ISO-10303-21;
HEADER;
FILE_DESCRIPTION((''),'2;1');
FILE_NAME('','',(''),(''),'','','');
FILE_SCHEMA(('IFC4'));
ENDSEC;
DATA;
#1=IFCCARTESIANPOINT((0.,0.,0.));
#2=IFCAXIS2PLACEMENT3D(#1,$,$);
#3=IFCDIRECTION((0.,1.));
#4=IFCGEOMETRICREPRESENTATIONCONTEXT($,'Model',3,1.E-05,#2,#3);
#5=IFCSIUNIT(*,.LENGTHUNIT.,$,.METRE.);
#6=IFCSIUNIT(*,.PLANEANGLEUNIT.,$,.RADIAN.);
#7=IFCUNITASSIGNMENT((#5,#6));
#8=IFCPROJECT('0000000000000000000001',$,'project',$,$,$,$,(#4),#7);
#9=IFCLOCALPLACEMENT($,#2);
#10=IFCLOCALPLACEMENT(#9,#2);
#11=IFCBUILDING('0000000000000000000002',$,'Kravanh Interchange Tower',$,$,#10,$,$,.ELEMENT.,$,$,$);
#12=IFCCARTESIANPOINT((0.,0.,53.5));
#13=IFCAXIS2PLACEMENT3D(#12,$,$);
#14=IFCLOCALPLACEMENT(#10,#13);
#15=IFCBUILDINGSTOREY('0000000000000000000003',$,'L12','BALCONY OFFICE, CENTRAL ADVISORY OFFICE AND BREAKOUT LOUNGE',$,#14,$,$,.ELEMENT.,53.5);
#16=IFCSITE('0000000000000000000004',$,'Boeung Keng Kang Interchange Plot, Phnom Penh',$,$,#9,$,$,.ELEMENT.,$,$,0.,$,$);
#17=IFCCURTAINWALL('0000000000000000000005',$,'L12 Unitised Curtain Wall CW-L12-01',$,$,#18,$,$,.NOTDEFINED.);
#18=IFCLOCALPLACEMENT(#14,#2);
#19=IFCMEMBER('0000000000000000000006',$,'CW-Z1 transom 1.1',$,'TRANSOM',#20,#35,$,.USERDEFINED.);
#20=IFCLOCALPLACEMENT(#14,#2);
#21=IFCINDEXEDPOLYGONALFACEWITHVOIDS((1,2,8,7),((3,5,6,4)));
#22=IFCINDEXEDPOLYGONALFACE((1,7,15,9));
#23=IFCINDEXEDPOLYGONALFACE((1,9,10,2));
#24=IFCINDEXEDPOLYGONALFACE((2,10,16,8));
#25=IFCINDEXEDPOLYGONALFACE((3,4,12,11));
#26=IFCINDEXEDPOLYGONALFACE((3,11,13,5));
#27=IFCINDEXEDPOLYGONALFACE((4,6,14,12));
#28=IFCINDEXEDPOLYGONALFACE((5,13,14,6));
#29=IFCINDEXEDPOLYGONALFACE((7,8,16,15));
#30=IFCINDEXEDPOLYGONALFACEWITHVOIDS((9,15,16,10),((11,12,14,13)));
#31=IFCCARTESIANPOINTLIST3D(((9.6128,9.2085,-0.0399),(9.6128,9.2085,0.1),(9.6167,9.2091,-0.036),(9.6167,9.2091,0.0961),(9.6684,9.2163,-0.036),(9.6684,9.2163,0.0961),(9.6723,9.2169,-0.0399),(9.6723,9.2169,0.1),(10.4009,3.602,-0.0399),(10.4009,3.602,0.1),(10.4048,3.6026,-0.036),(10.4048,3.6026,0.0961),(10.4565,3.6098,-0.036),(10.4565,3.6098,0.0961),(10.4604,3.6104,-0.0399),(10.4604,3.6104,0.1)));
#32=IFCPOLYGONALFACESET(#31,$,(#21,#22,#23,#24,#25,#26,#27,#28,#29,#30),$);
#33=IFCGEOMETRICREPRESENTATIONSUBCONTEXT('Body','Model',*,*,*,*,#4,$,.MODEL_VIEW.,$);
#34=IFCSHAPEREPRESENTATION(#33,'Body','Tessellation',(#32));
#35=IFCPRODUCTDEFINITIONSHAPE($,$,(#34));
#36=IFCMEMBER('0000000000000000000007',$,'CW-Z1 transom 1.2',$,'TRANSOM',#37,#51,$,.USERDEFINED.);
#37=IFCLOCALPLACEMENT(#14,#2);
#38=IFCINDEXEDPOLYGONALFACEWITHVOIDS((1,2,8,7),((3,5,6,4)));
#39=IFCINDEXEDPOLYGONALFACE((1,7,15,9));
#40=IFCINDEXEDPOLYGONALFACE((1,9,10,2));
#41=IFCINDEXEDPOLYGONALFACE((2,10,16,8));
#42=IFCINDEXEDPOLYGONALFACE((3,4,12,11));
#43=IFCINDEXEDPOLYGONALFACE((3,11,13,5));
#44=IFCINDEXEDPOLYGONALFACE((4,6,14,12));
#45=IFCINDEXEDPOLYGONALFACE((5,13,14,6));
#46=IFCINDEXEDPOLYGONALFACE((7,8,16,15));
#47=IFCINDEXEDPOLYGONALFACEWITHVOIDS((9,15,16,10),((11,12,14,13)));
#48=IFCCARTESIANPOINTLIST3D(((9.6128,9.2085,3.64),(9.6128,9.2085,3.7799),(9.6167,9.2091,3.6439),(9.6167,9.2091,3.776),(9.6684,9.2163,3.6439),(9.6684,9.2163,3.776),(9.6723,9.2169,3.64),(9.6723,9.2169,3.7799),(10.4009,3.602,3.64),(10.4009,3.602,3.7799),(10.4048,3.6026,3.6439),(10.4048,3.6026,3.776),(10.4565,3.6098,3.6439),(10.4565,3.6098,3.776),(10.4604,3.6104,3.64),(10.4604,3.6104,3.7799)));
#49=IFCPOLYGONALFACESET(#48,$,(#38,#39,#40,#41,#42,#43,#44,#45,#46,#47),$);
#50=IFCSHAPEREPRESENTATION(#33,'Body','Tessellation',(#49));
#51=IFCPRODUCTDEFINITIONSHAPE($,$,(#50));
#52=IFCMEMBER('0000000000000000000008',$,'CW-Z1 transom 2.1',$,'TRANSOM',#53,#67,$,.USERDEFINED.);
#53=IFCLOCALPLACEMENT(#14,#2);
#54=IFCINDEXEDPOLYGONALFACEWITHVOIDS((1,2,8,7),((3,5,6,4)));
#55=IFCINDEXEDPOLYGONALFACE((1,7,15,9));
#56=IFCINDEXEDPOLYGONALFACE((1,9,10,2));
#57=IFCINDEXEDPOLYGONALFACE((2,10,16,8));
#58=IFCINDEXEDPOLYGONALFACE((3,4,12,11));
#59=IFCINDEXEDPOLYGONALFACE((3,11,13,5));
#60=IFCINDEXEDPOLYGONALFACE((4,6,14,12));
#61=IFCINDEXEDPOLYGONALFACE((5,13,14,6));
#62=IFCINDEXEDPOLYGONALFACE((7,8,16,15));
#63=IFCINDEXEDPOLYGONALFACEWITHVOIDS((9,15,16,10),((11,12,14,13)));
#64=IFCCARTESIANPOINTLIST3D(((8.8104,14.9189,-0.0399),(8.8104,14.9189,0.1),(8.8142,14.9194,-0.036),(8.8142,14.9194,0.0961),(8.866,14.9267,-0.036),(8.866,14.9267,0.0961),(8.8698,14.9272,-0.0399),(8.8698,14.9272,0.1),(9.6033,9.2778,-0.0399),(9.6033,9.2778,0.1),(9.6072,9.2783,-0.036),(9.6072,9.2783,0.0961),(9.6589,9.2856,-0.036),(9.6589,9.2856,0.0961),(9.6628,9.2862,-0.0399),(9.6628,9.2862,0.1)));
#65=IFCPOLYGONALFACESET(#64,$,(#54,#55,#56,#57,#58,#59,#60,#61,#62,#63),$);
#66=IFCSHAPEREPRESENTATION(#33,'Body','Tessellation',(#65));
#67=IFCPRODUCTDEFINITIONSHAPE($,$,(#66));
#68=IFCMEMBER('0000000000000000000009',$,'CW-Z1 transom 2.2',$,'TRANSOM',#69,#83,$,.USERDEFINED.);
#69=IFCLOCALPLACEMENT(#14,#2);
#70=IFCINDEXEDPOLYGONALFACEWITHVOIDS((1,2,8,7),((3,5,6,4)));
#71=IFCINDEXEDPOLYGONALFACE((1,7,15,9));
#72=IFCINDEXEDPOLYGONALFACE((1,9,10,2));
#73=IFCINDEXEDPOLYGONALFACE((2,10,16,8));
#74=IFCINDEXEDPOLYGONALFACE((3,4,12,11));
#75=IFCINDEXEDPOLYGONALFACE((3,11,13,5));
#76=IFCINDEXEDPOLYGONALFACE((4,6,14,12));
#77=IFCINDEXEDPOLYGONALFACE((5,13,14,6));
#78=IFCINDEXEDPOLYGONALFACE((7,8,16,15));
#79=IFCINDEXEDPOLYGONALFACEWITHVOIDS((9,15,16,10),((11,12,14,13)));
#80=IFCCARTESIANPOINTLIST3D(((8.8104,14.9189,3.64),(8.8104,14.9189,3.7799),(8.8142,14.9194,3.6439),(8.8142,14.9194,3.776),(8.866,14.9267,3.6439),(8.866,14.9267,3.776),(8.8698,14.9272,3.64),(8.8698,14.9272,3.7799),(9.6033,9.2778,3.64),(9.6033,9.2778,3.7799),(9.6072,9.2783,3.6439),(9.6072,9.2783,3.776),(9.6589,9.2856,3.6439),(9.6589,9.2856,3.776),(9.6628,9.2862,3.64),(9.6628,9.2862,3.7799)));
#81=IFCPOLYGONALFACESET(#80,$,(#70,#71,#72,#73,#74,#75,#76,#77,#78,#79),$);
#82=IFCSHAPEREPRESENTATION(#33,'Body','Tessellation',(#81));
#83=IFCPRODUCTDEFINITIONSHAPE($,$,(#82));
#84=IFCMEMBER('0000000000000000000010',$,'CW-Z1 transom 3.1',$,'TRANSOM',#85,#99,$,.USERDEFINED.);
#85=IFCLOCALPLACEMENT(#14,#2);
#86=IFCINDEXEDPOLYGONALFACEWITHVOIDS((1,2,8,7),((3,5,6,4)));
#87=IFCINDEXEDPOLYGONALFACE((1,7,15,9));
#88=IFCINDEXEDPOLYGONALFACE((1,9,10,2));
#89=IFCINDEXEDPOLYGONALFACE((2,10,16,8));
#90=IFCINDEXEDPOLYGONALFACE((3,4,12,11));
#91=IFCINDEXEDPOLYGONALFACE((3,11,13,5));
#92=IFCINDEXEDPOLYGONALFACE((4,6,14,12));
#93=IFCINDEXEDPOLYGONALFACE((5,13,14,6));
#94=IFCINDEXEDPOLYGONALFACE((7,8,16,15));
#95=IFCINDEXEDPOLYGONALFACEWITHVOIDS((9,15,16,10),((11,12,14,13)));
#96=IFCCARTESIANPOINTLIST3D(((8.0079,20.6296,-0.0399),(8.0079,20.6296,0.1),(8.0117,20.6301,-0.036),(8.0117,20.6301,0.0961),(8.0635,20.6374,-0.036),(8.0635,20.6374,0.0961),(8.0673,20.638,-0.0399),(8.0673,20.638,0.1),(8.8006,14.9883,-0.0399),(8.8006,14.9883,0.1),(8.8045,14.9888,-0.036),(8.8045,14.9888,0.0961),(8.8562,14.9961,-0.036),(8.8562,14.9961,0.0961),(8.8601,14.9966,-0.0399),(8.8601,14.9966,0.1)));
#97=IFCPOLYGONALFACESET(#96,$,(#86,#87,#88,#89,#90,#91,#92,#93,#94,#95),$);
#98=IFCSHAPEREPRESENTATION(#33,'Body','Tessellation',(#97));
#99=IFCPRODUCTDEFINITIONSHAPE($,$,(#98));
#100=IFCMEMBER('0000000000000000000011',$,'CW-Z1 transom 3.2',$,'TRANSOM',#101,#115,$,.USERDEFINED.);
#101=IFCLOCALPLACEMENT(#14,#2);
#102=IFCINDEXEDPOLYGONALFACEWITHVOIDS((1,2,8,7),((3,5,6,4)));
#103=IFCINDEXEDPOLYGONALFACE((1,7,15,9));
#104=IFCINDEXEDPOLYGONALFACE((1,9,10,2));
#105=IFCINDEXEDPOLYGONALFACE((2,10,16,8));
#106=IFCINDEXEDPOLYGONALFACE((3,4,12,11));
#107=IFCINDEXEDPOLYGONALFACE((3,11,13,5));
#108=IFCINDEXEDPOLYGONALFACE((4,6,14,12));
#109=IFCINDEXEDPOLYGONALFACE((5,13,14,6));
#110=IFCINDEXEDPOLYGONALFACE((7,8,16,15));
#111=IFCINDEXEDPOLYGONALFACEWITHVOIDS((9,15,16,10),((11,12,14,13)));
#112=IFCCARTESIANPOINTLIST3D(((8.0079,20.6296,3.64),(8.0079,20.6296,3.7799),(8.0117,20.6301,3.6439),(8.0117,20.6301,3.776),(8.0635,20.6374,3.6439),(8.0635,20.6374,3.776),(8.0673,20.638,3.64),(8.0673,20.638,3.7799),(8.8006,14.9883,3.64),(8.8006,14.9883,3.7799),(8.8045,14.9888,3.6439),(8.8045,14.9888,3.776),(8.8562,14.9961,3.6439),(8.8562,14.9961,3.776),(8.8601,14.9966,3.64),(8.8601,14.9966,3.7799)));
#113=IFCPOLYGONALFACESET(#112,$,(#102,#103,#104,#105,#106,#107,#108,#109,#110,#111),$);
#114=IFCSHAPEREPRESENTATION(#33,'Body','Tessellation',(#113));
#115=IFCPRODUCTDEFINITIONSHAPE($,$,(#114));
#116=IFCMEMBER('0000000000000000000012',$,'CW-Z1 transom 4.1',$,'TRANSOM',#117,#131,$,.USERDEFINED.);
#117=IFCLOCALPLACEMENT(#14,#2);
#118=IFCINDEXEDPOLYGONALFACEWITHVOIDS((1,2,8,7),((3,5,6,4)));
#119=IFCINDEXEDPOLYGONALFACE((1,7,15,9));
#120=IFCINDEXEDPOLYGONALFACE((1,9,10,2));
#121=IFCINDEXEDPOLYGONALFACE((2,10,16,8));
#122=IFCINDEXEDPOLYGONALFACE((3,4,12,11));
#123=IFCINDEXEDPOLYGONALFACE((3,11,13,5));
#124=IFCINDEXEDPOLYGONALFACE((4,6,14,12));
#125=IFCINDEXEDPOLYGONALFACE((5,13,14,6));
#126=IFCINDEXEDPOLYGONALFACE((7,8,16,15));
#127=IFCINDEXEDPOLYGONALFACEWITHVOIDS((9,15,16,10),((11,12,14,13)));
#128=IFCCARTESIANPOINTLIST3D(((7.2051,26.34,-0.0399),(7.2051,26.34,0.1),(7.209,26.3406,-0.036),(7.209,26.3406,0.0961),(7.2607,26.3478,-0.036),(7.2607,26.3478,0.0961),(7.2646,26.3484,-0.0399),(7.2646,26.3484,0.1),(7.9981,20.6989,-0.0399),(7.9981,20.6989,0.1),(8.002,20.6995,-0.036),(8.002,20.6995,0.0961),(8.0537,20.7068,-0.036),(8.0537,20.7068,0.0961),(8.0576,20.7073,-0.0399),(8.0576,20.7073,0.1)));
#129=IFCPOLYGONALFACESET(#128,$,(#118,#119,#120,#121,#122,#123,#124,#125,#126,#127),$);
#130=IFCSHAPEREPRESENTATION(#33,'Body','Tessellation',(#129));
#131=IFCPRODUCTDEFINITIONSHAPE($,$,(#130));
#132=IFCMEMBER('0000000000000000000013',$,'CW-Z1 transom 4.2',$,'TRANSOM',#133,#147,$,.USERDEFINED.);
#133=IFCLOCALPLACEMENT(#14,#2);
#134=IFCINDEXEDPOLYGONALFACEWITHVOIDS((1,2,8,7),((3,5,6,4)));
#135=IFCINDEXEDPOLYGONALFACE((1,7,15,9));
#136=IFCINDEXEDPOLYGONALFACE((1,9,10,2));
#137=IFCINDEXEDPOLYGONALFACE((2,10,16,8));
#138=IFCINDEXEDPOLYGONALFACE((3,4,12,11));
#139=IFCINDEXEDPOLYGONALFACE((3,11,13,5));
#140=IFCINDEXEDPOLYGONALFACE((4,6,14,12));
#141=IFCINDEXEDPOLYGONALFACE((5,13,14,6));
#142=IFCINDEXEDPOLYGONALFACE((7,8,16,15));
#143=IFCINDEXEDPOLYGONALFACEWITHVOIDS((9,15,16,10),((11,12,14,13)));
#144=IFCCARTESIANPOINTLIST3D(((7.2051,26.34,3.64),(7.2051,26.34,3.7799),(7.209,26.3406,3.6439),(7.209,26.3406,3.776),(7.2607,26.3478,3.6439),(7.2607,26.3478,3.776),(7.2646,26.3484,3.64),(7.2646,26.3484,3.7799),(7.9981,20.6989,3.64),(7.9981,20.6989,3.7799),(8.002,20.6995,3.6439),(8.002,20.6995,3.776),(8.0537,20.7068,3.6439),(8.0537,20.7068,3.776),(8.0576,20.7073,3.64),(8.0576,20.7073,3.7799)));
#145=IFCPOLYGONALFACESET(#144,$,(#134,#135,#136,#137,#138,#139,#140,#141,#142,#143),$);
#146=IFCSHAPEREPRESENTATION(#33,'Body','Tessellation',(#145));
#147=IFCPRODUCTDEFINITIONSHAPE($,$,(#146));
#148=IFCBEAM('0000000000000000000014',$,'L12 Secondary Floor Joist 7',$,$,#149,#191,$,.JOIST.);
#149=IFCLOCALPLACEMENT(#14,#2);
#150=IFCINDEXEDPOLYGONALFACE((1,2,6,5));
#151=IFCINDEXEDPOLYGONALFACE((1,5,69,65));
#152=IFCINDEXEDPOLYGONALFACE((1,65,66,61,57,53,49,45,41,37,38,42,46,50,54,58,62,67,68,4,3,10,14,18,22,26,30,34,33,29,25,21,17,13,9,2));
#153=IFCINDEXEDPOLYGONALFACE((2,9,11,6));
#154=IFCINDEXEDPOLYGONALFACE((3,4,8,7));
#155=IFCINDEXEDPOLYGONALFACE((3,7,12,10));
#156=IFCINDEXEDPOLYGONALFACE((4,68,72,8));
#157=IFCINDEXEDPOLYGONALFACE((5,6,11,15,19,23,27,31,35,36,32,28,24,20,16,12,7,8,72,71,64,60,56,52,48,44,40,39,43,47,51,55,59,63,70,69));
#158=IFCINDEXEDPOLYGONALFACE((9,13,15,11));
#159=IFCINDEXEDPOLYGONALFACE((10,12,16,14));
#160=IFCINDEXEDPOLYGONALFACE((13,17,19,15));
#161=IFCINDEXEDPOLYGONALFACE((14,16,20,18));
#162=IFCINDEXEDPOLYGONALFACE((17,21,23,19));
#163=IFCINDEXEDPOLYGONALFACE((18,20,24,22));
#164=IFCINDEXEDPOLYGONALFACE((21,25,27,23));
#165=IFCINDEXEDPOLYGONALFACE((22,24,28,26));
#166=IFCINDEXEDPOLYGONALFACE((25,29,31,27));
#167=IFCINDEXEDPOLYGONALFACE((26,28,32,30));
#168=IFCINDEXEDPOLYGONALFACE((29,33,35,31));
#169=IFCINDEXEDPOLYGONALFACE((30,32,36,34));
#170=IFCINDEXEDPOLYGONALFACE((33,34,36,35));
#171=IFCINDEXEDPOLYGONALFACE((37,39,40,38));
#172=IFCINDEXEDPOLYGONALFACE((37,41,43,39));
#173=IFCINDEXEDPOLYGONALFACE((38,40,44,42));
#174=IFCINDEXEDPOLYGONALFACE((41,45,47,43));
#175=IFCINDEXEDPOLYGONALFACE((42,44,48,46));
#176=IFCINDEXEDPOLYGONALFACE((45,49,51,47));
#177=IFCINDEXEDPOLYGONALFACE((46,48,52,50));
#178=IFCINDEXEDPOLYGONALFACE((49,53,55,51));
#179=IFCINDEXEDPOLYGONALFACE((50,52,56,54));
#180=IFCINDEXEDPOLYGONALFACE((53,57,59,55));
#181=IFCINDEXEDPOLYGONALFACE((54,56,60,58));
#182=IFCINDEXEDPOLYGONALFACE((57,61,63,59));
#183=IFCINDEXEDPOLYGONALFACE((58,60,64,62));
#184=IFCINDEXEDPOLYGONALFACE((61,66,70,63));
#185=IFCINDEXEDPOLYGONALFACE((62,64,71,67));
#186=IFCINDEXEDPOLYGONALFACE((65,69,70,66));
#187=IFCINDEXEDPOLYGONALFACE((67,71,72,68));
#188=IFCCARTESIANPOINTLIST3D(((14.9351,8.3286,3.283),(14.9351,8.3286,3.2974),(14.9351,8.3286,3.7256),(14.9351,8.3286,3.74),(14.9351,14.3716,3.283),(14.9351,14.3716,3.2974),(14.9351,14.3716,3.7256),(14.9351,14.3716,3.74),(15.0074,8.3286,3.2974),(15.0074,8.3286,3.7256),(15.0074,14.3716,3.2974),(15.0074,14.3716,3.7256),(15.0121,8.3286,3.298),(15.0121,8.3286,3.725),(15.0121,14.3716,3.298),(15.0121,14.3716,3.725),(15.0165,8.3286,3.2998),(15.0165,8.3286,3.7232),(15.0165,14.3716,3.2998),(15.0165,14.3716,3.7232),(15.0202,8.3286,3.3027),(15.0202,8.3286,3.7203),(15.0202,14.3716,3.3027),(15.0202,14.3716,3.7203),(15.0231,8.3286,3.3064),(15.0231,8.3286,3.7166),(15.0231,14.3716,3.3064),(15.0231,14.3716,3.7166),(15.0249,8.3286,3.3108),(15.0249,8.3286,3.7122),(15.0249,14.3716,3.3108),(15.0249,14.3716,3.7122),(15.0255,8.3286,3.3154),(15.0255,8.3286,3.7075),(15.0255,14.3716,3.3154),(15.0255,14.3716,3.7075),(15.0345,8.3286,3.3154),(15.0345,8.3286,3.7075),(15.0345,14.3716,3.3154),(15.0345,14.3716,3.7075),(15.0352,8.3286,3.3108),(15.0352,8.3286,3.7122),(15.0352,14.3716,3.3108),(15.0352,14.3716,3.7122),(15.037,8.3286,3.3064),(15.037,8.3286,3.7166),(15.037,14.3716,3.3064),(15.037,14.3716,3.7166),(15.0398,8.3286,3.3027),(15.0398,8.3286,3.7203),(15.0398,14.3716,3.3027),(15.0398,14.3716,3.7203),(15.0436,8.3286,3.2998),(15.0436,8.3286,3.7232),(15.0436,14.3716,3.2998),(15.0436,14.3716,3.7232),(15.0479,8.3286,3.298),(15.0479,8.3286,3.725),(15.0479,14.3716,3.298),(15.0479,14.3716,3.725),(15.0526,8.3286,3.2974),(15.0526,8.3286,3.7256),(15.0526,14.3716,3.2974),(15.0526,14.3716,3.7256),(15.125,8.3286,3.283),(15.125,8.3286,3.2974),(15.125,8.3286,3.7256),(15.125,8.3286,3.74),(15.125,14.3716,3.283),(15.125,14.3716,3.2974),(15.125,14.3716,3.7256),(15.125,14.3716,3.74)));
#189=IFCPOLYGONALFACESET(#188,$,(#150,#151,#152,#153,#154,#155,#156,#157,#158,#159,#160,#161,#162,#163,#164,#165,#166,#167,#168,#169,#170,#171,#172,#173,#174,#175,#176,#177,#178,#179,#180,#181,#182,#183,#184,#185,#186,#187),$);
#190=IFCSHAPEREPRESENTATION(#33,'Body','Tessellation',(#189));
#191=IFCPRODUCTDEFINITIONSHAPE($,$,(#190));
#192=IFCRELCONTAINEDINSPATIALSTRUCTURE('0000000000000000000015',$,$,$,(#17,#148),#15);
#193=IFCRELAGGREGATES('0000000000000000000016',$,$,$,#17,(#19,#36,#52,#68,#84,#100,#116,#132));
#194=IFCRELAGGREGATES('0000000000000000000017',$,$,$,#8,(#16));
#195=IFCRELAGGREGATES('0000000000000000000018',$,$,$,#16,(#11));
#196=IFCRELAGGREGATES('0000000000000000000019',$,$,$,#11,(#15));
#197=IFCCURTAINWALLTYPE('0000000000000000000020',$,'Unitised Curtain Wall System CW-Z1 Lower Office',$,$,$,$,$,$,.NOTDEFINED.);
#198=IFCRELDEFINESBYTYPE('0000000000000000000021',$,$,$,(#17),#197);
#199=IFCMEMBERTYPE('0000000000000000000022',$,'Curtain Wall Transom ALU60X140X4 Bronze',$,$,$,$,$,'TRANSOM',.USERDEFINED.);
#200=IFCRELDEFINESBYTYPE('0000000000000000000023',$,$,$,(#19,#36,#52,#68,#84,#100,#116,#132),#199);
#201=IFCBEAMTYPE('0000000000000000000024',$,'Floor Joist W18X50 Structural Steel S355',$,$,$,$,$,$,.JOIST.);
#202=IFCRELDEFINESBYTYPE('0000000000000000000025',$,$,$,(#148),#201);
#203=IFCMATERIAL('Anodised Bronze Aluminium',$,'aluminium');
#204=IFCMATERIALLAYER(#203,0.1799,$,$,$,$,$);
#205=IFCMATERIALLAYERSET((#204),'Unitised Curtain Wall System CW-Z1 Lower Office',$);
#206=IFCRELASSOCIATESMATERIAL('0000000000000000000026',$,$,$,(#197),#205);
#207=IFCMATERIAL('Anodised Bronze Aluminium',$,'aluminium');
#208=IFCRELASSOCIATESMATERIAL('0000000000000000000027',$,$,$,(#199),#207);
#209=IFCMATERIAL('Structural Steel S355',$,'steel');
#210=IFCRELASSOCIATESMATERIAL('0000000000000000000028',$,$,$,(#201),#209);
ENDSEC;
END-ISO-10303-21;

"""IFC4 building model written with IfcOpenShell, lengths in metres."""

from ifc_helpers import new_model, si_unit, direction, frame, origin, origin_2d, place, context, subcontext, project, spatial, hollow_rectangle, i_section, extrude, material, layer, layer_set, material_profile, profile_set, type_object, element, aggregate, save


model = new_model("IFC4")

# Units and contexts
model_context = context("Model", 3, precision=1e-05, world=origin(), true_north=direction((0.0, 1.0)))
body_context = subcontext(model_context, "Body", "Model", "MODEL_VIEW")
ifc_project = project(units=[si_unit("LENGTHUNIT", "METRE"), si_unit("PLANEANGLEUNIT", "RADIAN")], contexts=[model_context])

# Site, building, storey
site_placement = place(None, origin())
site = spatial("IfcSite", under=ifc_project, at=site_placement, Name="Boeung Keng Kang Interchange Plot, Phnom Penh", CompositionType="ELEMENT", RefElevation=0.0)
building_placement = place(site_placement, origin())
building = spatial("IfcBuilding", under=site, at=building_placement, Name="Kravanh Interchange Tower", CompositionType="ELEMENT")
storey_placement = place(building_placement, frame((0.0, 0.0, 53.5)))
storey = spatial("IfcBuildingStorey", under=building, at=storey_placement, Name="L12", Description="BALCONY OFFICE, CENTRAL ADVISORY OFFICE AND BREAKOUT LOUNGE", CompositionType="ELEMENT", Elevation=53.5)

# Curtain wall, members
ifc_material_1 = material(Name="Anodised Bronze Aluminium", Category="aluminium")
ifc_layer_1 = layer(ifc_material_1, 0.1799)
ifc_layer_set_1 = layer_set([ifc_layer_1], Name="Unitised Curtain Wall System CW-Z1 Lower Office")
curtain_wall_type = type_object("IfcCurtainWallType", Name="Unitised Curtain Wall System CW-Z1 Lower Office", PredefinedType="NOTDEFINED", material=ifc_layer_set_1)
curtain_wall_placement = place(storey_placement, origin())
curtain_wall = element("IfcCurtainWall", 1, at=curtain_wall_placement, inside=storey, type_object=curtain_wall_type, Name="L12 Unitised Curtain Wall CW-L12-01", PredefinedType="NOTDEFINED")
ifc_material_2 = material(Name="Anodised Bronze Aluminium", Category="aluminium")
ifc_material_profile_1 = material_profile(ifc_material_2, hollow_rectangle(XDim=0.0601, YDim=0.1399, WallThickness=0.0039, at=origin_2d()), Name="ALU60X140X4")
ifc_profile_set_1 = profile_set([ifc_material_profile_1], Name="Anodised Bronze Aluminium")
member_type_1 = type_object("IfcMemberType", Name="Curtain Wall Transom ALU60X140X4 Bronze", ElementType="TRANSOM", PredefinedType="USERDEFINED", material=ifc_profile_set_1)
member_1_placement = place(storey_placement, frame((10.4307, 3.6062, 0.03), z_axis=(-0.139199, 0.990264, 0.0), x_axis=(-0.990264, -0.139199, 0.0)))
member_1 = element("IfcMember", 2, at=member_1_placement, type_object=member_type_1, Name="CW-Z1 transom 1.1", ObjectType="TRANSOM", PredefinedType="USERDEFINED", context=body_context, shape_type="SweptSolid", body=[
    extrude(hollow_rectangle(XDim=0.0601, YDim=0.1399, WallThickness=0.0039, at=origin_2d()), origin(), (0.0, 0.0, 1.0), 5.6616),
])
member_2_placement = place(storey_placement, frame((10.4307, 3.6062, 3.71), z_axis=(-0.139199, 0.990264, 0.0), x_axis=(-0.990264, -0.139199, 0.0)))
member_2 = element("IfcMember", 3, at=member_2_placement, type_object=member_type_1, Name="CW-Z1 transom 1.2", ObjectType="TRANSOM", PredefinedType="USERDEFINED", context=body_context, shape_type="SweptSolid", body=[
    extrude(hollow_rectangle(XDim=0.0601, YDim=0.1399, WallThickness=0.0039, at=origin_2d()), origin(), (0.0, 0.0, 1.0), 5.6616),
])
member_3_placement = place(storey_placement, frame((9.6331, 9.282, 0.03), z_axis=(-0.139201, 0.990264, 0.0), x_axis=(-0.990264, -0.139201, 0.0)))
member_3 = element("IfcMember", 4, at=member_3_placement, type_object=member_type_1, Name="CW-Z1 transom 2.1", ObjectType="TRANSOM", PredefinedType="USERDEFINED", context=body_context, shape_type="SweptSolid", body=[
    extrude(hollow_rectangle(XDim=0.0601, YDim=0.1399, WallThickness=0.0039, at=origin_2d()), origin(), (0.0, 0.0, 1.0), 5.6965),
])
member_4_placement = place(storey_placement, frame((9.6331, 9.282, 3.71), z_axis=(-0.139201, 0.990264, 0.0), x_axis=(-0.990264, -0.139201, 0.0)))
member_4 = element("IfcMember", 5, at=member_4_placement, type_object=member_type_1, Name="CW-Z1 transom 2.2", ObjectType="TRANSOM", PredefinedType="USERDEFINED", context=body_context, shape_type="SweptSolid", body=[
    extrude(hollow_rectangle(XDim=0.0601, YDim=0.1399, WallThickness=0.0039, at=origin_2d()), origin(), (0.0, 0.0, 1.0), 5.6965),
])
member_5_placement = place(storey_placement, frame((8.8303, 14.9924, 0.03), z_axis=(-0.139153, 0.990271, 0.0), x_axis=(-0.990271, -0.139153, 0.0)))
member_5 = element("IfcMember", 6, at=member_5_placement, type_object=member_type_1, Name="CW-Z1 transom 3.1", ObjectType="TRANSOM", PredefinedType="USERDEFINED", context=body_context, shape_type="SweptSolid", body=[
    extrude(hollow_rectangle(XDim=0.0601, YDim=0.1399, WallThickness=0.0039, at=origin_2d()), origin(), (0.0, 0.0, 1.0), 5.6968),
])
member_6_placement = place(storey_placement, frame((8.8303, 14.9924, 3.71), z_axis=(-0.139153, 0.990271, 0.0), x_axis=(-0.990271, -0.139153, 0.0)))
member_6 = element("IfcMember", 7, at=member_6_placement, type_object=member_type_1, Name="CW-Z1 transom 3.2", ObjectType="TRANSOM", PredefinedType="USERDEFINED", context=body_context, shape_type="SweptSolid", body=[
    extrude(hollow_rectangle(XDim=0.0601, YDim=0.1399, WallThickness=0.0039, at=origin_2d()), origin(), (0.0, 0.0, 1.0), 5.6968),
])
member_7_placement = place(storey_placement, frame((8.0278, 20.7031, 0.03), z_axis=(-0.139201, 0.990264, 0.0), x_axis=(-0.990264, -0.139201, 0.0)))
member_7 = element("IfcMember", 8, at=member_7_placement, type_object=member_type_1, Name="CW-Z1 transom 4.1", ObjectType="TRANSOM", PredefinedType="USERDEFINED", context=body_context, shape_type="SweptSolid", body=[
    extrude(hollow_rectangle(XDim=0.0601, YDim=0.1399, WallThickness=0.0039, at=origin_2d()), origin(), (0.0, 0.0, 1.0), 5.6965),
])
member_8_placement = place(storey_placement, frame((8.0278, 20.7031, 3.71), z_axis=(-0.139201, 0.990264, 0.0), x_axis=(-0.990264, -0.139201, 0.0)))
member_8 = element("IfcMember", 9, at=member_8_placement, type_object=member_type_1, Name="CW-Z1 transom 4.2", ObjectType="TRANSOM", PredefinedType="USERDEFINED", context=body_context, shape_type="SweptSolid", body=[
    extrude(hollow_rectangle(XDim=0.0601, YDim=0.1399, WallThickness=0.0039, at=origin_2d()), origin(), (0.0, 0.0, 1.0), 5.6965),
])

# Beam
ifc_material_3 = material(Name="Structural Steel S355", Category="steel")
ifc_material_profile_2 = material_profile(ifc_material_3, i_section(OverallWidth=0.1899, OverallDepth=0.457, WebThickness=0.009, FlangeThickness=0.0144, FilletRadius=0.0181, at=origin_2d()), Name="W18X50")
ifc_profile_set_2 = profile_set([ifc_material_profile_2], Name="Structural Steel S355")
beam_type_1 = type_object("IfcBeamType", Name="Floor Joist W18X50 Structural Steel S355", PredefinedType="JOIST", material=ifc_profile_set_2)
beam_1_placement = place(storey_placement, frame((15.03, 8.3286, 3.5115), z_axis=(0.0, 1.0, 0.0), x_axis=(-1.0, 0.0, 0.0)))
element("IfcBeam", 10, at=beam_1_placement, inside=storey, type_object=beam_type_1, Name="L12 Secondary Floor Joist 7", PredefinedType="JOIST", context=body_context, shape_type="SweptSolid", body=[
    extrude(i_section(OverallWidth=0.1899, OverallDepth=0.457, WebThickness=0.009, FlangeThickness=0.0144, FilletRadius=0.0181, at=origin_2d()), origin(), (0.0, 0.0, 1.0), 6.043),
])

aggregate(curtain_wall, [member_1, member_2, member_3, member_4, member_5, member_6, member_7, member_8])

save(model, "model.ifc")
